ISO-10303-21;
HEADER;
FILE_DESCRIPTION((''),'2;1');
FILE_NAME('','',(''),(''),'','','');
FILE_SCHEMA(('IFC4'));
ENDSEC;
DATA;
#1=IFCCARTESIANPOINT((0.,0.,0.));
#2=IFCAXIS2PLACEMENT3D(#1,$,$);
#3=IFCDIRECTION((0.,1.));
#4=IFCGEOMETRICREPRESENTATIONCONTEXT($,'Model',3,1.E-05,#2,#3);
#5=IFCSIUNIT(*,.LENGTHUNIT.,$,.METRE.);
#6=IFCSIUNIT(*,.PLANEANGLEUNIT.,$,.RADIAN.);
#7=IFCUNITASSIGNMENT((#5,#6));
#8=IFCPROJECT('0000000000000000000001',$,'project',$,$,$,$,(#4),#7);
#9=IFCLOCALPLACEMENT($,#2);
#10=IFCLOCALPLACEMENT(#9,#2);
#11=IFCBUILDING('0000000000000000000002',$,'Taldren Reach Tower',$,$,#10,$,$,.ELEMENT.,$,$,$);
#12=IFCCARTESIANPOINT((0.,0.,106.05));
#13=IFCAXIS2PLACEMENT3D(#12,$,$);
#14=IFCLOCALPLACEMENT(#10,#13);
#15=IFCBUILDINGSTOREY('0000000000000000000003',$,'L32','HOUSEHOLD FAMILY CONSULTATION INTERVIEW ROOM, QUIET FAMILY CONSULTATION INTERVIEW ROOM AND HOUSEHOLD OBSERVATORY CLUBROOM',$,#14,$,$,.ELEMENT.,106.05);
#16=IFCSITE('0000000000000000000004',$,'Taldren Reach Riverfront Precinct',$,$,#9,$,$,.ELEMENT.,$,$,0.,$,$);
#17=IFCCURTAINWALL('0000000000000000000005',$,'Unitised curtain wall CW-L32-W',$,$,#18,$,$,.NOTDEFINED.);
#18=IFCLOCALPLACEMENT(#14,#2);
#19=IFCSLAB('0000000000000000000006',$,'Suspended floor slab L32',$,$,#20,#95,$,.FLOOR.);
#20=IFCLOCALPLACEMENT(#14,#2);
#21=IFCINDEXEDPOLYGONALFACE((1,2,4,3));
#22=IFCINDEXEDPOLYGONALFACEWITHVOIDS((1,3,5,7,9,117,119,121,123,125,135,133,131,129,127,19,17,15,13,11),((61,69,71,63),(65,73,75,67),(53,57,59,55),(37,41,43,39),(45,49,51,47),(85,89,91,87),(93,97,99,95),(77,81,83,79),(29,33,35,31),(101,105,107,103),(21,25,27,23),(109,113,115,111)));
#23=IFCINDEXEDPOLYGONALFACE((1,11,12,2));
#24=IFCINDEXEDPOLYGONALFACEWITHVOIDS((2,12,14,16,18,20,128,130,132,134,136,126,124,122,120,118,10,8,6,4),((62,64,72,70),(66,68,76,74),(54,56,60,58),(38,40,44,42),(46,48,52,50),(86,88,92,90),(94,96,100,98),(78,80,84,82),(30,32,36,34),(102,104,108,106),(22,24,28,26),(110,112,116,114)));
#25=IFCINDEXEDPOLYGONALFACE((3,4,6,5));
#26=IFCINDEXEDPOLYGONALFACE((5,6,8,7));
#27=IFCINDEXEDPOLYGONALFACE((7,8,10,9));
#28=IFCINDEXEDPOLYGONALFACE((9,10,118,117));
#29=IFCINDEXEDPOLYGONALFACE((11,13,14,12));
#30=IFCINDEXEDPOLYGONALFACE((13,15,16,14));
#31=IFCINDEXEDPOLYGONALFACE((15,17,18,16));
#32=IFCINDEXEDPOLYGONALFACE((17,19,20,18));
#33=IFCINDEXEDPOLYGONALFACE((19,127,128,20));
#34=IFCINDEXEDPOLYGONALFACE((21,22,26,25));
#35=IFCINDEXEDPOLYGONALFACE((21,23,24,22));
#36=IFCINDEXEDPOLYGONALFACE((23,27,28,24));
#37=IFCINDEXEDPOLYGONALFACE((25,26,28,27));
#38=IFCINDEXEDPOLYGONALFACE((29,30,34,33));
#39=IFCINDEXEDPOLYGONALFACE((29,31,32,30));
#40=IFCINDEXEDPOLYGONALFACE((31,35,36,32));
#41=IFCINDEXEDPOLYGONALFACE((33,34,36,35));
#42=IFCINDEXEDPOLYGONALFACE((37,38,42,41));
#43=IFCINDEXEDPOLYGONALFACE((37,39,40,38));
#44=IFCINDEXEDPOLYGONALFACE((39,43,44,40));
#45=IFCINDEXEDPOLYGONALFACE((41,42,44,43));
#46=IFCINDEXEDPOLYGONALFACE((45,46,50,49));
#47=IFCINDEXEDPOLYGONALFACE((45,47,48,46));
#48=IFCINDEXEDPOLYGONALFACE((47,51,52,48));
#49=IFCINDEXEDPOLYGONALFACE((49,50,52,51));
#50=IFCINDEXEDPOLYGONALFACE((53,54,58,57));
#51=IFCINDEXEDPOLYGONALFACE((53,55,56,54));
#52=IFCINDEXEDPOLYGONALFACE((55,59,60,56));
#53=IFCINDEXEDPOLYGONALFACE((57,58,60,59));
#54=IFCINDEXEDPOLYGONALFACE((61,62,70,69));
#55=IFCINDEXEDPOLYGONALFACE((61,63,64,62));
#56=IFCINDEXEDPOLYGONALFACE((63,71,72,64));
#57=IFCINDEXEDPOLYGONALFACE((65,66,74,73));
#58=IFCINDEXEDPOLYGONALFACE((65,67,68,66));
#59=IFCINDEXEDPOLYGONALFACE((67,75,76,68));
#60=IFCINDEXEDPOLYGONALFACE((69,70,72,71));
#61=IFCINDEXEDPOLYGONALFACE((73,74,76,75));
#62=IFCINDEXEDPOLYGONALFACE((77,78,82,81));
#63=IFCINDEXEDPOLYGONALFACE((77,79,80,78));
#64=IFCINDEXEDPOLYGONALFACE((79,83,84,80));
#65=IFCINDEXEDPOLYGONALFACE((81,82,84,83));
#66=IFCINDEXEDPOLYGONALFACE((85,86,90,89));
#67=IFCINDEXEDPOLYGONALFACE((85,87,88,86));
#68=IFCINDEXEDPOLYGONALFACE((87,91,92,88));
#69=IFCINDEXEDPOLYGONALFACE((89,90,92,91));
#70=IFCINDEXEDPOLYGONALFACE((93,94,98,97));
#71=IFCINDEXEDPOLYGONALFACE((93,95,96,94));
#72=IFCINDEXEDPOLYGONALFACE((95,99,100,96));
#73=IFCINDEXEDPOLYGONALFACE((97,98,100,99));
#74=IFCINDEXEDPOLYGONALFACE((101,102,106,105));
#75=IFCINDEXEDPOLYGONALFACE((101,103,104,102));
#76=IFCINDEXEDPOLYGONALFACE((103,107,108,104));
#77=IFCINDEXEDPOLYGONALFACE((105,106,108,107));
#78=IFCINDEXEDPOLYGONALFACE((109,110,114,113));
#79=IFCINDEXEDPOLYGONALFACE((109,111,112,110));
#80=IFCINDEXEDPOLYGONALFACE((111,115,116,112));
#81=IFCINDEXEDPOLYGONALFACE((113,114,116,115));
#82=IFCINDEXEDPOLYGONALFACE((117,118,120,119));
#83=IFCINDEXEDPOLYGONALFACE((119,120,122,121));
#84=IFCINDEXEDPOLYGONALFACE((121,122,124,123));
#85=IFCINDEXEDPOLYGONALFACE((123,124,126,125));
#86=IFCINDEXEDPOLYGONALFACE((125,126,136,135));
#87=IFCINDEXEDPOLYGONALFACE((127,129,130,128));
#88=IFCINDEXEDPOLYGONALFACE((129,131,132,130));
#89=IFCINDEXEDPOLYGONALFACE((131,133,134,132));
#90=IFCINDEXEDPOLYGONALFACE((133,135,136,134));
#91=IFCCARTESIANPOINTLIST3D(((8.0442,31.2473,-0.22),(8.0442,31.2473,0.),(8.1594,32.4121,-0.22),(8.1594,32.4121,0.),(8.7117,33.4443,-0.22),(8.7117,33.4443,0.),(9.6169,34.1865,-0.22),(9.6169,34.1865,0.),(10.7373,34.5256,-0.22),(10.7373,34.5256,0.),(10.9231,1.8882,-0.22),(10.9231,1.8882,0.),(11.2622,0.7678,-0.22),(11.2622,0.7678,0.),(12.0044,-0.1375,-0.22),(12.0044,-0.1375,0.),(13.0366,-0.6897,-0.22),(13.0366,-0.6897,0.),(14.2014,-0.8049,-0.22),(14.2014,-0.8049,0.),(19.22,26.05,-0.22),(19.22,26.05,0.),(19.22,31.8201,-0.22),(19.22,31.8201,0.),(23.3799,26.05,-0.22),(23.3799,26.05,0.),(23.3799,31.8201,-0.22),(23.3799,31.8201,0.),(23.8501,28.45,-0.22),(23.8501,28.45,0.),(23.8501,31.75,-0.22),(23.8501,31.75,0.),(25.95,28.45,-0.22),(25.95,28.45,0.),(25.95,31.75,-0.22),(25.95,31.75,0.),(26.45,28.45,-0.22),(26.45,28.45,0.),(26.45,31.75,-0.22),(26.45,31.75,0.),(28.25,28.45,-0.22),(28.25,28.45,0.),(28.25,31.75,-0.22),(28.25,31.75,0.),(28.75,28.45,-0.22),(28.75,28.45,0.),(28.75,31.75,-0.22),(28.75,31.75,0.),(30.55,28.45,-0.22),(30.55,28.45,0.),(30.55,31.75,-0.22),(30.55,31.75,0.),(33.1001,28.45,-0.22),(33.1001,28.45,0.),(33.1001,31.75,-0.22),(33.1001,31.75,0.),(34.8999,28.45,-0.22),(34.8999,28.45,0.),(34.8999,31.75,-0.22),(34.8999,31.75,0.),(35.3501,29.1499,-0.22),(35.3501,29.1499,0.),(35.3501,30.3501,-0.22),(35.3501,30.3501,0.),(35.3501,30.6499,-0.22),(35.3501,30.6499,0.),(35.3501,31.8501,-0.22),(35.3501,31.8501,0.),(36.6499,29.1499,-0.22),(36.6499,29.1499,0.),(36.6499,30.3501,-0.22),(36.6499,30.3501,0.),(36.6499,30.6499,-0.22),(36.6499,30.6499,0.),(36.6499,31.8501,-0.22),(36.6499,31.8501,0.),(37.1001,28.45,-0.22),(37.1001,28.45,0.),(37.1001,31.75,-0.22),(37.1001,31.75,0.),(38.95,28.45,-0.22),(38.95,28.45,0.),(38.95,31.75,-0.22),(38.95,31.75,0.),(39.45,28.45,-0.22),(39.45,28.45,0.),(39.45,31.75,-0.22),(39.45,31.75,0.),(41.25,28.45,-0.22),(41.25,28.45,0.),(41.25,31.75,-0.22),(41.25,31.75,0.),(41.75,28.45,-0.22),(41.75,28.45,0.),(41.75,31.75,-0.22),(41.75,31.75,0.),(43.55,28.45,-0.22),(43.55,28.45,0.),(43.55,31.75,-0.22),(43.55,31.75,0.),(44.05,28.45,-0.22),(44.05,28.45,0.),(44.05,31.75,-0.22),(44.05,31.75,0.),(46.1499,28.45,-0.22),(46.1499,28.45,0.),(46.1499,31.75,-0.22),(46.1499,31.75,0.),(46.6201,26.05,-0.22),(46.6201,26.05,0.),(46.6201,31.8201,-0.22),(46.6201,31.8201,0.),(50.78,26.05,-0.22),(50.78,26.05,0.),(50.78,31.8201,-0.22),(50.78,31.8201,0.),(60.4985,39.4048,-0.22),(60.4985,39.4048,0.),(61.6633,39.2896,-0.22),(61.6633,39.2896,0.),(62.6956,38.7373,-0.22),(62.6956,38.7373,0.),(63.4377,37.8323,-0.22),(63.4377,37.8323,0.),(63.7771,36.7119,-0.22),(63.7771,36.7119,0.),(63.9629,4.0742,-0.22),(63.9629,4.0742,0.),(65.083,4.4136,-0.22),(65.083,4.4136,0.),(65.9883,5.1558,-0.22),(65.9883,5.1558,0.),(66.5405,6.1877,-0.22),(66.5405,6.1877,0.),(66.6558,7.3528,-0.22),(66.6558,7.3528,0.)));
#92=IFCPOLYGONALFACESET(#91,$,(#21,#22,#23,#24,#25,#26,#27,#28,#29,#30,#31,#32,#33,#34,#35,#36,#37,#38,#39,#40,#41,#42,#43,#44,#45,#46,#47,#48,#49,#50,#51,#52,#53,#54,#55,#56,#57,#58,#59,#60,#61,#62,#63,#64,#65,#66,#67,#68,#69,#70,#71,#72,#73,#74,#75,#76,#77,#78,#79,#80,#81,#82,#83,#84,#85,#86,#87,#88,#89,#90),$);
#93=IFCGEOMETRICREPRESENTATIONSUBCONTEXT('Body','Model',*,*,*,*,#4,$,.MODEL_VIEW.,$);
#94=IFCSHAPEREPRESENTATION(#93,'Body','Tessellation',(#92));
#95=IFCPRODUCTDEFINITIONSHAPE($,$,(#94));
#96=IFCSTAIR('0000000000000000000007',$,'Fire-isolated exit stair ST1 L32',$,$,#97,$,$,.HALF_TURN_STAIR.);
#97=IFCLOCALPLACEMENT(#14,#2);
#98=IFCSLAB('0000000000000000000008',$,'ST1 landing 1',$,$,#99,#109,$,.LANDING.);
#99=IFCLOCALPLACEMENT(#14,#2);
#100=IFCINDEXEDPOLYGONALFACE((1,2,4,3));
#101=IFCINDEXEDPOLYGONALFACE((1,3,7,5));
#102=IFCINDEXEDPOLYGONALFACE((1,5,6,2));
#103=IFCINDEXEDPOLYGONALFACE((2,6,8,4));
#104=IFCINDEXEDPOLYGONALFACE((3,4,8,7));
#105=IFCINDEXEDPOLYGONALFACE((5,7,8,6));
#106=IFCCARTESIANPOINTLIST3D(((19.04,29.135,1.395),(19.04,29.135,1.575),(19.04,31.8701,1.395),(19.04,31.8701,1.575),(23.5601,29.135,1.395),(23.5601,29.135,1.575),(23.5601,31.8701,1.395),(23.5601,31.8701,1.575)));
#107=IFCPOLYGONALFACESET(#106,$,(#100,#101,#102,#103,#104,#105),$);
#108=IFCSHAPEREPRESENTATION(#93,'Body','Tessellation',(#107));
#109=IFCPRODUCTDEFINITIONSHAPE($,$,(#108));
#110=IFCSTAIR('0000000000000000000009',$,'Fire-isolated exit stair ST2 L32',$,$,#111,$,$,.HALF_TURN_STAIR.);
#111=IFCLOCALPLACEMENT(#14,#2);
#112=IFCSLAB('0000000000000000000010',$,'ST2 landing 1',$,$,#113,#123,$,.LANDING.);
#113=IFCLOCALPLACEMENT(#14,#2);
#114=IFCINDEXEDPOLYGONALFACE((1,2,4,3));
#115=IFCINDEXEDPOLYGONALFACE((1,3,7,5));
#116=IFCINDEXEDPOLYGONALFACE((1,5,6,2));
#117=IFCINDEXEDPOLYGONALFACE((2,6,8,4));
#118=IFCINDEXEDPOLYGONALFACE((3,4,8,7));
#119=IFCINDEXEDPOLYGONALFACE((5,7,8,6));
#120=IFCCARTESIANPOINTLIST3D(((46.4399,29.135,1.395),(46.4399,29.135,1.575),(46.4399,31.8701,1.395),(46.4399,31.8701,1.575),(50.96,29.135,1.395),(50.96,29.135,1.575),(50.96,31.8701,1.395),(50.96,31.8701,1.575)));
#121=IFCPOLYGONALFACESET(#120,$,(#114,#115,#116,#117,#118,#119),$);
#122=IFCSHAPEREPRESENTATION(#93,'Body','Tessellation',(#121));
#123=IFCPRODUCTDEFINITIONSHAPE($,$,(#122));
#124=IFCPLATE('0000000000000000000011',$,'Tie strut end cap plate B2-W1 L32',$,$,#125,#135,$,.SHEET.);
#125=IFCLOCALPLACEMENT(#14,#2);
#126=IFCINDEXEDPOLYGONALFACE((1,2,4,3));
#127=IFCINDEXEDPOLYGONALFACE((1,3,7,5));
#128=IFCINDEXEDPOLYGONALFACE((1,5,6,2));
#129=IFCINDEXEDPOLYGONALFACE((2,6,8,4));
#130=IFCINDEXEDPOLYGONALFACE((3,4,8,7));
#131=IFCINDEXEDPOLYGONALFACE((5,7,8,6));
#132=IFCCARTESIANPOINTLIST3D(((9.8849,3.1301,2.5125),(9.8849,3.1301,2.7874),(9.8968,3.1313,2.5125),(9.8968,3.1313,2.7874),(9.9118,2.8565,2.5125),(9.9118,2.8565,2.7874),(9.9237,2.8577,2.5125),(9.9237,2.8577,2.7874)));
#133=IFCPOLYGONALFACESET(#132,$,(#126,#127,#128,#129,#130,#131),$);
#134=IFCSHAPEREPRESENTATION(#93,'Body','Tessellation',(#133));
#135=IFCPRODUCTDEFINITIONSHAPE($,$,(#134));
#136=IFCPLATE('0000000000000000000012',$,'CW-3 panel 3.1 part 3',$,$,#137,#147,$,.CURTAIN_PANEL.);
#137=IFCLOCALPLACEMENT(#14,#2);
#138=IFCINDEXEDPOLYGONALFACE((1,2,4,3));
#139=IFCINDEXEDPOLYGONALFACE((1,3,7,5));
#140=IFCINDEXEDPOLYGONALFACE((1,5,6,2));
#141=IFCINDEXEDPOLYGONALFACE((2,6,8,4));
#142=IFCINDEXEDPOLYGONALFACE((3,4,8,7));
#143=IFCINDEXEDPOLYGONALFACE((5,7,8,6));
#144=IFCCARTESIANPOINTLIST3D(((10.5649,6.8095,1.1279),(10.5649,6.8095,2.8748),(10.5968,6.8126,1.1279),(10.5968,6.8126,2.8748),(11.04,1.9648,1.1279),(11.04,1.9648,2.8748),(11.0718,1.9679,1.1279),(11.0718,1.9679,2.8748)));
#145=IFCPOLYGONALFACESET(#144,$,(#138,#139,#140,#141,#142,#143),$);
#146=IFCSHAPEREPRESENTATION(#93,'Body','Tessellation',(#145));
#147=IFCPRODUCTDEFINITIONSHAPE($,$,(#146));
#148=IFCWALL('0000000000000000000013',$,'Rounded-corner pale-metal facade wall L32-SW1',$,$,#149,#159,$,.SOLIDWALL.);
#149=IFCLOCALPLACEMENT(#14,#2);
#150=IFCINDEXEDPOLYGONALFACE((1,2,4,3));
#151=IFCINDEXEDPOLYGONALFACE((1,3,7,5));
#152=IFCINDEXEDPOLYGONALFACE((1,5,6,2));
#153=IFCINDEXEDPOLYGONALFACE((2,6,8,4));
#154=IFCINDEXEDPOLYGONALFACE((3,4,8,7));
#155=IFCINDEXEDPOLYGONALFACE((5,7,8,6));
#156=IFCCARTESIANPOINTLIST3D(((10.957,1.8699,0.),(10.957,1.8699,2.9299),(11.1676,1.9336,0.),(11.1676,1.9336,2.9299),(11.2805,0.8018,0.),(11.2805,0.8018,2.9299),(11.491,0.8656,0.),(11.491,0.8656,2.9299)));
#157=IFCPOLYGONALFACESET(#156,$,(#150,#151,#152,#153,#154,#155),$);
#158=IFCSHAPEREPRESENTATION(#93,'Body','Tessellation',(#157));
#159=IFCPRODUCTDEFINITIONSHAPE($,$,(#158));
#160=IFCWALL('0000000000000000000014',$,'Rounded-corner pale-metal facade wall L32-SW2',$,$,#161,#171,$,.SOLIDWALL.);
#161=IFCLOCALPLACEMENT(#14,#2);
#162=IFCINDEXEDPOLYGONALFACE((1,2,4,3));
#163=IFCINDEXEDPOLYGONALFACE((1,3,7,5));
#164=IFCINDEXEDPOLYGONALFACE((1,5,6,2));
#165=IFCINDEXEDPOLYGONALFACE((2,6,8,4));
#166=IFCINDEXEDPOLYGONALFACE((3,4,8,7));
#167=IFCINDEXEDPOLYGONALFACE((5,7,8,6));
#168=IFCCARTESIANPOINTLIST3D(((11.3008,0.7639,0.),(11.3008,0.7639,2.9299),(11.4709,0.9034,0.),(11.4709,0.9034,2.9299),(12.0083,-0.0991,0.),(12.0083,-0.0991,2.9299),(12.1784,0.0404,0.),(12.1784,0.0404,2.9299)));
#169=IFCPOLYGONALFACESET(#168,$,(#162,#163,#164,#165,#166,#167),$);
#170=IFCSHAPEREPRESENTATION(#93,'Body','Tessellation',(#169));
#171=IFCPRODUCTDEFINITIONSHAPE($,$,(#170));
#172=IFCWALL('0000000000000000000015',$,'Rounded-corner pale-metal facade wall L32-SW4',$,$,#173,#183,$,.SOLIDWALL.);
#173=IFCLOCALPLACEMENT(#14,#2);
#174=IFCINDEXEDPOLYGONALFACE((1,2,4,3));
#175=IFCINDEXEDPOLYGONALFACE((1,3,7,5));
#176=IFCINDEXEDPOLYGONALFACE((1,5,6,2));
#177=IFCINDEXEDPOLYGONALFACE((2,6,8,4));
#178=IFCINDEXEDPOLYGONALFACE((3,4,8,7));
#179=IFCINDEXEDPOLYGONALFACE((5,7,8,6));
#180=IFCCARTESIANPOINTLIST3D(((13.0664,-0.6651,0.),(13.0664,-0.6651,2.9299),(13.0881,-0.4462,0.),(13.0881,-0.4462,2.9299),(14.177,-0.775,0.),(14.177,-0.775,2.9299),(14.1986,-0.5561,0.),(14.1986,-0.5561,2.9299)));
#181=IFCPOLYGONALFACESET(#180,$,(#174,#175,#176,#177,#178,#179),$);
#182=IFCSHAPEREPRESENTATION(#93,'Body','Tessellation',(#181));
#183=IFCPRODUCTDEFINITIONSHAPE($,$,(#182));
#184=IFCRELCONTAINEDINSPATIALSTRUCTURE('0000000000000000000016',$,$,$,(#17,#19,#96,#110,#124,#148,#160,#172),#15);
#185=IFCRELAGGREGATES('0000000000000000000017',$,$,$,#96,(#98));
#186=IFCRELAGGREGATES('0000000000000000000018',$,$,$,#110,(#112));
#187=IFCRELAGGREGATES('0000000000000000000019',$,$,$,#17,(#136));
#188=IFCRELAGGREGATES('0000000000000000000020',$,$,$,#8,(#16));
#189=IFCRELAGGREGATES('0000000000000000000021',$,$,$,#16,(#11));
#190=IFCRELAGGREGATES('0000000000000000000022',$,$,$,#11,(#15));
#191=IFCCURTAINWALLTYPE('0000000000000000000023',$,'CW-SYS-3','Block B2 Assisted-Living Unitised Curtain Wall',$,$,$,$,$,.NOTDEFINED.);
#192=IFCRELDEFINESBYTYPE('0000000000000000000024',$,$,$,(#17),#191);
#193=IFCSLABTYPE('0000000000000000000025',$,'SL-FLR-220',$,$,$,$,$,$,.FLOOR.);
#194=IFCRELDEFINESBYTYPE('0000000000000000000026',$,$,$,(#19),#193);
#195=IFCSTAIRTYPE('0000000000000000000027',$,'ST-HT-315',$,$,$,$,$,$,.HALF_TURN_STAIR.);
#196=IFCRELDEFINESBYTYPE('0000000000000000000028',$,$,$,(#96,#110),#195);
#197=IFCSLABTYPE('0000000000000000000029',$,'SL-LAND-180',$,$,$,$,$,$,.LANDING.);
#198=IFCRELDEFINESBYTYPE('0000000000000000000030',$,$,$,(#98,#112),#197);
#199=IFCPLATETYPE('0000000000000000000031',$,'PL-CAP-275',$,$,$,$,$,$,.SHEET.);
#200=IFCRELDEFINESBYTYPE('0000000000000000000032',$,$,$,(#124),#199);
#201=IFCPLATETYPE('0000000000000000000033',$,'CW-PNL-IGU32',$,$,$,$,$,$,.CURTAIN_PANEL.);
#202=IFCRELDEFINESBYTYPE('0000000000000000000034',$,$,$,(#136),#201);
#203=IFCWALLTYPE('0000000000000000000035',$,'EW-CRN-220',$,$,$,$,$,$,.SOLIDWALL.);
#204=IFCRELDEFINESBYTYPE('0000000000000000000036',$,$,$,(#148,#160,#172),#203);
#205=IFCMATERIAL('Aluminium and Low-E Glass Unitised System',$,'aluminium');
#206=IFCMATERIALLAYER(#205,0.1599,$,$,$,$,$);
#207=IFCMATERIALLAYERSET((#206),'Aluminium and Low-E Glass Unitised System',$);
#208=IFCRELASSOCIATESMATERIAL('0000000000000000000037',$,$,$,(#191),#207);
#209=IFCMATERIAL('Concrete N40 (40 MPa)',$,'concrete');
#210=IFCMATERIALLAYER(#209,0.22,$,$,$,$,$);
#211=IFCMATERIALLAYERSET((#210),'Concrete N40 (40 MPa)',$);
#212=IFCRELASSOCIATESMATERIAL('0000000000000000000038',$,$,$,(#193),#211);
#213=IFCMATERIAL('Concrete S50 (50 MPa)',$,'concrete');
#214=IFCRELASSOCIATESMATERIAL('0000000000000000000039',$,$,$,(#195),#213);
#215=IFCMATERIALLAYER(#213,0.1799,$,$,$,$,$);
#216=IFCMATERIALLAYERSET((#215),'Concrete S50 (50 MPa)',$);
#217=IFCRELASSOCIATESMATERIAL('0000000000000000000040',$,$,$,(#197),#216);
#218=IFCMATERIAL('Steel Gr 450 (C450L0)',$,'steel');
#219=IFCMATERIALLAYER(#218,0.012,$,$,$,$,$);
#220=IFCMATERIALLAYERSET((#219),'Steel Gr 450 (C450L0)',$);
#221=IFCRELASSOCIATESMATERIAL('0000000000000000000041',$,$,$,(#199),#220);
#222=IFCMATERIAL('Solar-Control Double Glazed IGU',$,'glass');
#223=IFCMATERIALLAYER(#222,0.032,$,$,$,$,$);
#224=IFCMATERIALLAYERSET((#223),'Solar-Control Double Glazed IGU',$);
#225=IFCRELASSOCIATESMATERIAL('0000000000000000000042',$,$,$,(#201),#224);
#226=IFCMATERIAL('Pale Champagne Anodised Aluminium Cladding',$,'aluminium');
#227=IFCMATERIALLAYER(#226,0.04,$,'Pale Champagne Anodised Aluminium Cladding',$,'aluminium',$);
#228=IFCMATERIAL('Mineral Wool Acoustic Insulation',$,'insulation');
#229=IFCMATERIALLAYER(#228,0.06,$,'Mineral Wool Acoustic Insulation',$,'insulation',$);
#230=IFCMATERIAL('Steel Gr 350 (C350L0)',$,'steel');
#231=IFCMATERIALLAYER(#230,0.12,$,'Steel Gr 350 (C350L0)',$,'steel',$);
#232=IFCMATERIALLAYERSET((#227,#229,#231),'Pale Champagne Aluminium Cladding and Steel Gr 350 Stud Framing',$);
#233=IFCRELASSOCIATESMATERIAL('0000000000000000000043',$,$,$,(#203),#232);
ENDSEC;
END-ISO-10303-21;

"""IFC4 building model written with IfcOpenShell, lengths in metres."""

from ifc_helpers import new_model, si_unit, direction, frame, frame_2d, origin, origin_2d, place, context, subcontext, project, spatial, polyline, rectangle, outline, extrude, source, transform, mapped, material, layer, layer_set, type_object, element, aggregate, save


model = new_model("IFC4")

# Units and contexts
model_context = context("Model", 3, precision=1e-05, world=origin(), true_north=direction((0.0, 1.0)))
body_context = subcontext(model_context, "Body", "Model", "MODEL_VIEW")
ifc_project = project(units=[si_unit("LENGTHUNIT", "METRE"), si_unit("PLANEANGLEUNIT", "RADIAN")], contexts=[model_context])

# Site, building, storey
site_placement = place(None, origin())
site = spatial("IfcSite", under=ifc_project, at=site_placement, Name="Taldren Reach Riverfront Precinct", CompositionType="ELEMENT", RefElevation=0.0)
building_placement = place(site_placement, origin())
building = spatial("IfcBuilding", under=site, at=building_placement, Name="Taldren Reach Tower", CompositionType="ELEMENT")
storey_placement = place(building_placement, frame((0.0, 0.0, 106.05)))
storey = spatial("IfcBuildingStorey", under=building, at=storey_placement, Name="L32", Description="HOUSEHOLD FAMILY CONSULTATION INTERVIEW ROOM, QUIET FAMILY CONSULTATION INTERVIEW ROOM AND HOUSEHOLD OBSERVATORY CLUBROOM", CompositionType="ELEMENT", Elevation=106.05)

# Shared definitions
ifc_material_1 = material(Name="Steel Gr 450 (C450L0)", Category="steel")
ifc_material_2 = material(Name="Steel Gr 350 (C350L0)", Category="steel")

# Curtain wall
ifc_material_3 = material(Name="Aluminium and Low-E Glass Unitised System", Category="aluminium")
ifc_layer_1 = layer(ifc_material_3, 0.1599)
ifc_layer_set_1 = layer_set([ifc_layer_1], Name="Aluminium and Low-E Glass Unitised System")
curtain_wall_type = type_object("IfcCurtainWallType", Name="CW-SYS-3", Description="Block B2 Assisted-Living Unitised Curtain Wall", PredefinedType="NOTDEFINED", material=ifc_layer_set_1)
curtain_wall_1_placement = place(storey_placement, origin())
curtain_wall_1 = element("IfcCurtainWall", 1, at=curtain_wall_1_placement, inside=storey, type_object=curtain_wall_type, Name="Unitised curtain wall CW-L32-W", PredefinedType="NOTDEFINED")

# Slab
ifc_material_4 = material(Name="Concrete N40 (40 MPa)", Category="concrete")
ifc_layer_2 = layer(ifc_material_4, 0.22)
ifc_layer_set_2 = layer_set([ifc_layer_2], Name="Concrete N40 (40 MPa)")
slab_type_1 = type_object("IfcSlabType", Name="SL-FLR-220", PredefinedType="FLOOR", material=ifc_layer_set_2)
slab_1_placement = place(storey_placement, frame((0.0, 0.0, -0.22)))
element("IfcSlab", 2, at=slab_1_placement, inside=storey, type_object=slab_type_1, Name="Suspended floor slab L32", PredefinedType="FLOOR", context=body_context, shape_type="SweptSolid", body=[
    extrude(outline(polyline([(63.9629, 4.0742), (65.083, 4.4136), (65.9883, 5.1558), (66.5405, 6.1877), (66.6558, 7.3528), (63.7771, 36.7119), (63.4377, 37.8323), (62.6956, 38.7373), (61.6633, 39.2896), (60.4985, 39.4048), (10.7373, 34.5256), (9.6169, 34.1865), (8.7117, 33.4443), (8.1594, 32.4121), (8.0442, 31.2473), (10.9231, 1.8882), (11.2622, 0.7678), (12.0044, -0.1375), (13.0366, -0.6897), (14.2014, -0.8049), (63.9629, 4.0742)]), holes=[polyline([(19.22, 26.05), (23.3799, 26.05), (23.3799, 31.8201), (19.22, 31.8201), (19.22, 26.05)]), polyline([(46.6201, 26.05), (50.78, 26.05), (50.78, 31.8201), (46.6201, 31.8201), (46.6201, 26.05)]), polyline([(23.8501, 28.45), (25.95, 28.45), (25.95, 31.75), (23.8501, 31.75), (23.8501, 28.45)]), polyline([(44.05, 28.45), (46.1499, 28.45), (46.1499, 31.75), (44.05, 31.75), (44.05, 28.45)]), polyline([(26.45, 28.45), (28.25, 28.45), (28.25, 31.75), (26.45, 31.75), (26.45, 28.45)]), polyline([(28.75, 28.45), (30.55, 28.45), (30.55, 31.75), (28.75, 31.75), (28.75, 28.45)]), polyline([(33.1001, 28.45), (34.8999, 28.45), (34.8999, 31.75), (33.1001, 31.75), (33.1001, 28.45)]), polyline([(37.1001, 28.45), (38.95, 28.45), (38.95, 31.75), (37.1001, 31.75), (37.1001, 28.45)]), polyline([(39.45, 28.45), (41.25, 28.45), (41.25, 31.75), (39.45, 31.75), (39.45, 28.45)]), polyline([(41.75, 28.45), (43.55, 28.45), (43.55, 31.75), (41.75, 31.75), (41.75, 28.45)]), polyline([(35.3501, 30.6499), (36.6499, 30.6499), (36.6499, 31.8501), (35.3501, 31.8501), (35.3501, 30.6499)]), polyline([(35.3501, 29.1499), (36.6499, 29.1499), (36.6499, 30.3501), (35.3501, 30.3501), (35.3501, 29.1499)])]), origin(), (0.0, 0.0, 1.0), 0.22),
])

# Stairs, slabs
ifc_material_5 = material(Name="Concrete S50 (50 MPa)", Category="concrete")
stair_type = type_object("IfcStairType", Name="ST-HT-315", PredefinedType="HALF_TURN_STAIR", material=ifc_material_5)
stair_1_placement = place(storey_placement, origin())
stair_1 = element("IfcStair", 3, at=stair_1_placement, inside=storey, type_object=stair_type, Name="Fire-isolated exit stair ST1 L32", PredefinedType="HALF_TURN_STAIR")
ifc_layer_3 = layer(ifc_material_5, 0.1799)
ifc_layer_set_3 = layer_set([ifc_layer_3], Name="Concrete S50 (50 MPa)")
slab_type_2 = type_object("IfcSlabType", Name="SL-LAND-180", PredefinedType="LANDING", material=ifc_layer_set_3)
slab_2_placement = place(storey_placement, frame((0.0, 0.0, 1.395)))
slab_2 = element("IfcSlab", 4, at=slab_2_placement, type_object=slab_type_2, Name="ST1 landing 1", PredefinedType="LANDING", context=body_context, shape_type="SweptSolid", body=[
    extrude(outline(polyline([(19.04, 29.135), (23.5601, 29.135), (23.5601, 31.8701), (19.04, 31.8701), (19.04, 29.135)])), origin(), (0.0, 0.0, 1.0), 0.1799),
])
aggregate(stair_1, [slab_2])
stair_2_placement = place(storey_placement, origin())
stair_2 = element("IfcStair", 5, at=stair_2_placement, inside=storey, type_object=stair_type, Name="Fire-isolated exit stair ST2 L32", PredefinedType="HALF_TURN_STAIR")
slab_3_placement = place(storey_placement, frame((0.0, 0.0, 1.395)))
slab_3 = element("IfcSlab", 6, at=slab_3_placement, type_object=slab_type_2, Name="ST2 landing 1", PredefinedType="LANDING", context=body_context, shape_type="SweptSolid", body=[
    extrude(outline(polyline([(46.4399, 29.135), (50.96, 29.135), (50.96, 31.8701), (46.4399, 31.8701), (46.4399, 29.135)])), origin(), (0.0, 0.0, 1.0), 0.1799),
])
aggregate(stair_2, [slab_3])

# Plates
ifc_layer_4 = layer(ifc_material_1, 0.012)
ifc_layer_set_4 = layer_set([ifc_layer_4], Name="Steel Gr 450 (C450L0)")
plate_type_1 = type_object("IfcPlateType", Name="PL-CAP-275", PredefinedType="SHEET", material=ifc_layer_set_4)
shared_shape_1 = source(origin(), body_context, "Body", "SweptSolid", [
    extrude(rectangle(XDim=0.012, YDim=0.2749, at=origin_2d()), origin(), (0.0, 0.0, 1.0), 0.2749),
])
plate_1_placement = place(storey_placement, frame((9.9043, 2.9939, 2.5125), z_axis=(0.0, 0.0, 1.0), x_axis=(0.995227, 0.097583, 0.0)))
element("IfcPlate", 7, at=plate_1_placement, inside=storey, type_object=plate_type_1, Name="Tie strut end cap plate B2-W1 L32", PredefinedType="SHEET", context=body_context, shape_type="MappedRepresentation", body=[
    mapped(shared_shape_1, transform((0.0, 0.0, 0.0), scale=1.0)),
])
ifc_material_6 = material(Name="Solar-Control Double Glazed IGU", Category="glass")
ifc_layer_5 = layer(ifc_material_6, 0.032)
ifc_layer_set_5 = layer_set([ifc_layer_5], Name="Solar-Control Double Glazed IGU")
plate_type_2 = type_object("IfcPlateType", Name="CW-PNL-IGU32", PredefinedType="CURTAIN_PANEL", material=ifc_layer_set_5)
shared_shape_2 = source(origin(), body_context, "Body", "SweptSolid", [
    extrude(rectangle(XDim=4.8679, YDim=0.032, at=origin_2d()), origin(), (0.0, 0.0, 1.0), 1.7468),
])
plate_2_placement = place(storey_placement, frame((10.8184, 4.3887, 1.1279), z_axis=(0.0, 0.0, 1.0), x_axis=(0.097583, -0.995227, 0.0)))
plate_2 = element("IfcPlate", 8, at=plate_2_placement, type_object=plate_type_2, Name="CW-3 panel 3.1 part 3", PredefinedType="CURTAIN_PANEL", context=body_context, shape_type="MappedRepresentation", body=[
    mapped(shared_shape_2, transform((0.0, 0.0, 0.0), scale=1.0)),
])
aggregate(curtain_wall_1, [plate_2])

# Walls
ifc_material_7 = material(Name="Pale Champagne Anodised Aluminium Cladding", Category="aluminium")
ifc_layer_6 = layer(ifc_material_7, 0.04, Name="Pale Champagne Anodised Aluminium Cladding", Category="aluminium")
ifc_material_8 = material(Name="Mineral Wool Acoustic Insulation", Category="insulation")
ifc_layer_7 = layer(ifc_material_8, 0.06, Name="Mineral Wool Acoustic Insulation", Category="insulation")
ifc_layer_8 = layer(ifc_material_2, 0.12, Name="Steel Gr 350 (C350L0)", Category="steel")
ifc_layer_set_6 = layer_set([ifc_layer_6, ifc_layer_7, ifc_layer_8], Name="Pale Champagne Aluminium Cladding and Steel Gr 350 Stud Framing")
wall_type_1 = type_object("IfcWallType", Name="EW-CRN-220", PredefinedType="SOLIDWALL", material=ifc_layer_set_6)
shared_shape_3 = source(origin(), body_context, "Body", "SweptSolid", [
    extrude(rectangle(XDim=1.116, YDim=0.22, at=frame_2d((0.5581, 0.0))), origin(), (0.0, 0.0, 1.0), 2.9299),
])
for number, where, z_axis, x_axis, name in (
    (9, (11.0623, 1.9019, 0.0), (0.0, 0.0, 1.0), (0.289856, -0.95707, 0.0), "Rounded-corner pale-metal facade wall L32-SW1"),
    (10, (11.3857, 0.8337, 0.0), (0.0, 0.0, 1.0), (0.633988, -0.773343, 0.0), "Rounded-corner pale-metal facade wall L32-SW2"),
    (11, (13.0771, -0.5557, 0.0), (0.0, 0.0, 1.0), (0.995143, -0.098442, 0.0), "Rounded-corner pale-metal facade wall L32-SW4"),
):
    element("IfcWall", number, at=place(storey_placement, frame(where, z_axis=z_axis, x_axis=x_axis)), inside=storey, type_object=wall_type_1, Name=name, PredefinedType="SOLIDWALL", context=body_context, shape_type="MappedRepresentation", body=[
        mapped(shared_shape_3, transform((0.0, 0.0, 0.0), scale=1.0)),
    ])

save(model, "model.ifc")
